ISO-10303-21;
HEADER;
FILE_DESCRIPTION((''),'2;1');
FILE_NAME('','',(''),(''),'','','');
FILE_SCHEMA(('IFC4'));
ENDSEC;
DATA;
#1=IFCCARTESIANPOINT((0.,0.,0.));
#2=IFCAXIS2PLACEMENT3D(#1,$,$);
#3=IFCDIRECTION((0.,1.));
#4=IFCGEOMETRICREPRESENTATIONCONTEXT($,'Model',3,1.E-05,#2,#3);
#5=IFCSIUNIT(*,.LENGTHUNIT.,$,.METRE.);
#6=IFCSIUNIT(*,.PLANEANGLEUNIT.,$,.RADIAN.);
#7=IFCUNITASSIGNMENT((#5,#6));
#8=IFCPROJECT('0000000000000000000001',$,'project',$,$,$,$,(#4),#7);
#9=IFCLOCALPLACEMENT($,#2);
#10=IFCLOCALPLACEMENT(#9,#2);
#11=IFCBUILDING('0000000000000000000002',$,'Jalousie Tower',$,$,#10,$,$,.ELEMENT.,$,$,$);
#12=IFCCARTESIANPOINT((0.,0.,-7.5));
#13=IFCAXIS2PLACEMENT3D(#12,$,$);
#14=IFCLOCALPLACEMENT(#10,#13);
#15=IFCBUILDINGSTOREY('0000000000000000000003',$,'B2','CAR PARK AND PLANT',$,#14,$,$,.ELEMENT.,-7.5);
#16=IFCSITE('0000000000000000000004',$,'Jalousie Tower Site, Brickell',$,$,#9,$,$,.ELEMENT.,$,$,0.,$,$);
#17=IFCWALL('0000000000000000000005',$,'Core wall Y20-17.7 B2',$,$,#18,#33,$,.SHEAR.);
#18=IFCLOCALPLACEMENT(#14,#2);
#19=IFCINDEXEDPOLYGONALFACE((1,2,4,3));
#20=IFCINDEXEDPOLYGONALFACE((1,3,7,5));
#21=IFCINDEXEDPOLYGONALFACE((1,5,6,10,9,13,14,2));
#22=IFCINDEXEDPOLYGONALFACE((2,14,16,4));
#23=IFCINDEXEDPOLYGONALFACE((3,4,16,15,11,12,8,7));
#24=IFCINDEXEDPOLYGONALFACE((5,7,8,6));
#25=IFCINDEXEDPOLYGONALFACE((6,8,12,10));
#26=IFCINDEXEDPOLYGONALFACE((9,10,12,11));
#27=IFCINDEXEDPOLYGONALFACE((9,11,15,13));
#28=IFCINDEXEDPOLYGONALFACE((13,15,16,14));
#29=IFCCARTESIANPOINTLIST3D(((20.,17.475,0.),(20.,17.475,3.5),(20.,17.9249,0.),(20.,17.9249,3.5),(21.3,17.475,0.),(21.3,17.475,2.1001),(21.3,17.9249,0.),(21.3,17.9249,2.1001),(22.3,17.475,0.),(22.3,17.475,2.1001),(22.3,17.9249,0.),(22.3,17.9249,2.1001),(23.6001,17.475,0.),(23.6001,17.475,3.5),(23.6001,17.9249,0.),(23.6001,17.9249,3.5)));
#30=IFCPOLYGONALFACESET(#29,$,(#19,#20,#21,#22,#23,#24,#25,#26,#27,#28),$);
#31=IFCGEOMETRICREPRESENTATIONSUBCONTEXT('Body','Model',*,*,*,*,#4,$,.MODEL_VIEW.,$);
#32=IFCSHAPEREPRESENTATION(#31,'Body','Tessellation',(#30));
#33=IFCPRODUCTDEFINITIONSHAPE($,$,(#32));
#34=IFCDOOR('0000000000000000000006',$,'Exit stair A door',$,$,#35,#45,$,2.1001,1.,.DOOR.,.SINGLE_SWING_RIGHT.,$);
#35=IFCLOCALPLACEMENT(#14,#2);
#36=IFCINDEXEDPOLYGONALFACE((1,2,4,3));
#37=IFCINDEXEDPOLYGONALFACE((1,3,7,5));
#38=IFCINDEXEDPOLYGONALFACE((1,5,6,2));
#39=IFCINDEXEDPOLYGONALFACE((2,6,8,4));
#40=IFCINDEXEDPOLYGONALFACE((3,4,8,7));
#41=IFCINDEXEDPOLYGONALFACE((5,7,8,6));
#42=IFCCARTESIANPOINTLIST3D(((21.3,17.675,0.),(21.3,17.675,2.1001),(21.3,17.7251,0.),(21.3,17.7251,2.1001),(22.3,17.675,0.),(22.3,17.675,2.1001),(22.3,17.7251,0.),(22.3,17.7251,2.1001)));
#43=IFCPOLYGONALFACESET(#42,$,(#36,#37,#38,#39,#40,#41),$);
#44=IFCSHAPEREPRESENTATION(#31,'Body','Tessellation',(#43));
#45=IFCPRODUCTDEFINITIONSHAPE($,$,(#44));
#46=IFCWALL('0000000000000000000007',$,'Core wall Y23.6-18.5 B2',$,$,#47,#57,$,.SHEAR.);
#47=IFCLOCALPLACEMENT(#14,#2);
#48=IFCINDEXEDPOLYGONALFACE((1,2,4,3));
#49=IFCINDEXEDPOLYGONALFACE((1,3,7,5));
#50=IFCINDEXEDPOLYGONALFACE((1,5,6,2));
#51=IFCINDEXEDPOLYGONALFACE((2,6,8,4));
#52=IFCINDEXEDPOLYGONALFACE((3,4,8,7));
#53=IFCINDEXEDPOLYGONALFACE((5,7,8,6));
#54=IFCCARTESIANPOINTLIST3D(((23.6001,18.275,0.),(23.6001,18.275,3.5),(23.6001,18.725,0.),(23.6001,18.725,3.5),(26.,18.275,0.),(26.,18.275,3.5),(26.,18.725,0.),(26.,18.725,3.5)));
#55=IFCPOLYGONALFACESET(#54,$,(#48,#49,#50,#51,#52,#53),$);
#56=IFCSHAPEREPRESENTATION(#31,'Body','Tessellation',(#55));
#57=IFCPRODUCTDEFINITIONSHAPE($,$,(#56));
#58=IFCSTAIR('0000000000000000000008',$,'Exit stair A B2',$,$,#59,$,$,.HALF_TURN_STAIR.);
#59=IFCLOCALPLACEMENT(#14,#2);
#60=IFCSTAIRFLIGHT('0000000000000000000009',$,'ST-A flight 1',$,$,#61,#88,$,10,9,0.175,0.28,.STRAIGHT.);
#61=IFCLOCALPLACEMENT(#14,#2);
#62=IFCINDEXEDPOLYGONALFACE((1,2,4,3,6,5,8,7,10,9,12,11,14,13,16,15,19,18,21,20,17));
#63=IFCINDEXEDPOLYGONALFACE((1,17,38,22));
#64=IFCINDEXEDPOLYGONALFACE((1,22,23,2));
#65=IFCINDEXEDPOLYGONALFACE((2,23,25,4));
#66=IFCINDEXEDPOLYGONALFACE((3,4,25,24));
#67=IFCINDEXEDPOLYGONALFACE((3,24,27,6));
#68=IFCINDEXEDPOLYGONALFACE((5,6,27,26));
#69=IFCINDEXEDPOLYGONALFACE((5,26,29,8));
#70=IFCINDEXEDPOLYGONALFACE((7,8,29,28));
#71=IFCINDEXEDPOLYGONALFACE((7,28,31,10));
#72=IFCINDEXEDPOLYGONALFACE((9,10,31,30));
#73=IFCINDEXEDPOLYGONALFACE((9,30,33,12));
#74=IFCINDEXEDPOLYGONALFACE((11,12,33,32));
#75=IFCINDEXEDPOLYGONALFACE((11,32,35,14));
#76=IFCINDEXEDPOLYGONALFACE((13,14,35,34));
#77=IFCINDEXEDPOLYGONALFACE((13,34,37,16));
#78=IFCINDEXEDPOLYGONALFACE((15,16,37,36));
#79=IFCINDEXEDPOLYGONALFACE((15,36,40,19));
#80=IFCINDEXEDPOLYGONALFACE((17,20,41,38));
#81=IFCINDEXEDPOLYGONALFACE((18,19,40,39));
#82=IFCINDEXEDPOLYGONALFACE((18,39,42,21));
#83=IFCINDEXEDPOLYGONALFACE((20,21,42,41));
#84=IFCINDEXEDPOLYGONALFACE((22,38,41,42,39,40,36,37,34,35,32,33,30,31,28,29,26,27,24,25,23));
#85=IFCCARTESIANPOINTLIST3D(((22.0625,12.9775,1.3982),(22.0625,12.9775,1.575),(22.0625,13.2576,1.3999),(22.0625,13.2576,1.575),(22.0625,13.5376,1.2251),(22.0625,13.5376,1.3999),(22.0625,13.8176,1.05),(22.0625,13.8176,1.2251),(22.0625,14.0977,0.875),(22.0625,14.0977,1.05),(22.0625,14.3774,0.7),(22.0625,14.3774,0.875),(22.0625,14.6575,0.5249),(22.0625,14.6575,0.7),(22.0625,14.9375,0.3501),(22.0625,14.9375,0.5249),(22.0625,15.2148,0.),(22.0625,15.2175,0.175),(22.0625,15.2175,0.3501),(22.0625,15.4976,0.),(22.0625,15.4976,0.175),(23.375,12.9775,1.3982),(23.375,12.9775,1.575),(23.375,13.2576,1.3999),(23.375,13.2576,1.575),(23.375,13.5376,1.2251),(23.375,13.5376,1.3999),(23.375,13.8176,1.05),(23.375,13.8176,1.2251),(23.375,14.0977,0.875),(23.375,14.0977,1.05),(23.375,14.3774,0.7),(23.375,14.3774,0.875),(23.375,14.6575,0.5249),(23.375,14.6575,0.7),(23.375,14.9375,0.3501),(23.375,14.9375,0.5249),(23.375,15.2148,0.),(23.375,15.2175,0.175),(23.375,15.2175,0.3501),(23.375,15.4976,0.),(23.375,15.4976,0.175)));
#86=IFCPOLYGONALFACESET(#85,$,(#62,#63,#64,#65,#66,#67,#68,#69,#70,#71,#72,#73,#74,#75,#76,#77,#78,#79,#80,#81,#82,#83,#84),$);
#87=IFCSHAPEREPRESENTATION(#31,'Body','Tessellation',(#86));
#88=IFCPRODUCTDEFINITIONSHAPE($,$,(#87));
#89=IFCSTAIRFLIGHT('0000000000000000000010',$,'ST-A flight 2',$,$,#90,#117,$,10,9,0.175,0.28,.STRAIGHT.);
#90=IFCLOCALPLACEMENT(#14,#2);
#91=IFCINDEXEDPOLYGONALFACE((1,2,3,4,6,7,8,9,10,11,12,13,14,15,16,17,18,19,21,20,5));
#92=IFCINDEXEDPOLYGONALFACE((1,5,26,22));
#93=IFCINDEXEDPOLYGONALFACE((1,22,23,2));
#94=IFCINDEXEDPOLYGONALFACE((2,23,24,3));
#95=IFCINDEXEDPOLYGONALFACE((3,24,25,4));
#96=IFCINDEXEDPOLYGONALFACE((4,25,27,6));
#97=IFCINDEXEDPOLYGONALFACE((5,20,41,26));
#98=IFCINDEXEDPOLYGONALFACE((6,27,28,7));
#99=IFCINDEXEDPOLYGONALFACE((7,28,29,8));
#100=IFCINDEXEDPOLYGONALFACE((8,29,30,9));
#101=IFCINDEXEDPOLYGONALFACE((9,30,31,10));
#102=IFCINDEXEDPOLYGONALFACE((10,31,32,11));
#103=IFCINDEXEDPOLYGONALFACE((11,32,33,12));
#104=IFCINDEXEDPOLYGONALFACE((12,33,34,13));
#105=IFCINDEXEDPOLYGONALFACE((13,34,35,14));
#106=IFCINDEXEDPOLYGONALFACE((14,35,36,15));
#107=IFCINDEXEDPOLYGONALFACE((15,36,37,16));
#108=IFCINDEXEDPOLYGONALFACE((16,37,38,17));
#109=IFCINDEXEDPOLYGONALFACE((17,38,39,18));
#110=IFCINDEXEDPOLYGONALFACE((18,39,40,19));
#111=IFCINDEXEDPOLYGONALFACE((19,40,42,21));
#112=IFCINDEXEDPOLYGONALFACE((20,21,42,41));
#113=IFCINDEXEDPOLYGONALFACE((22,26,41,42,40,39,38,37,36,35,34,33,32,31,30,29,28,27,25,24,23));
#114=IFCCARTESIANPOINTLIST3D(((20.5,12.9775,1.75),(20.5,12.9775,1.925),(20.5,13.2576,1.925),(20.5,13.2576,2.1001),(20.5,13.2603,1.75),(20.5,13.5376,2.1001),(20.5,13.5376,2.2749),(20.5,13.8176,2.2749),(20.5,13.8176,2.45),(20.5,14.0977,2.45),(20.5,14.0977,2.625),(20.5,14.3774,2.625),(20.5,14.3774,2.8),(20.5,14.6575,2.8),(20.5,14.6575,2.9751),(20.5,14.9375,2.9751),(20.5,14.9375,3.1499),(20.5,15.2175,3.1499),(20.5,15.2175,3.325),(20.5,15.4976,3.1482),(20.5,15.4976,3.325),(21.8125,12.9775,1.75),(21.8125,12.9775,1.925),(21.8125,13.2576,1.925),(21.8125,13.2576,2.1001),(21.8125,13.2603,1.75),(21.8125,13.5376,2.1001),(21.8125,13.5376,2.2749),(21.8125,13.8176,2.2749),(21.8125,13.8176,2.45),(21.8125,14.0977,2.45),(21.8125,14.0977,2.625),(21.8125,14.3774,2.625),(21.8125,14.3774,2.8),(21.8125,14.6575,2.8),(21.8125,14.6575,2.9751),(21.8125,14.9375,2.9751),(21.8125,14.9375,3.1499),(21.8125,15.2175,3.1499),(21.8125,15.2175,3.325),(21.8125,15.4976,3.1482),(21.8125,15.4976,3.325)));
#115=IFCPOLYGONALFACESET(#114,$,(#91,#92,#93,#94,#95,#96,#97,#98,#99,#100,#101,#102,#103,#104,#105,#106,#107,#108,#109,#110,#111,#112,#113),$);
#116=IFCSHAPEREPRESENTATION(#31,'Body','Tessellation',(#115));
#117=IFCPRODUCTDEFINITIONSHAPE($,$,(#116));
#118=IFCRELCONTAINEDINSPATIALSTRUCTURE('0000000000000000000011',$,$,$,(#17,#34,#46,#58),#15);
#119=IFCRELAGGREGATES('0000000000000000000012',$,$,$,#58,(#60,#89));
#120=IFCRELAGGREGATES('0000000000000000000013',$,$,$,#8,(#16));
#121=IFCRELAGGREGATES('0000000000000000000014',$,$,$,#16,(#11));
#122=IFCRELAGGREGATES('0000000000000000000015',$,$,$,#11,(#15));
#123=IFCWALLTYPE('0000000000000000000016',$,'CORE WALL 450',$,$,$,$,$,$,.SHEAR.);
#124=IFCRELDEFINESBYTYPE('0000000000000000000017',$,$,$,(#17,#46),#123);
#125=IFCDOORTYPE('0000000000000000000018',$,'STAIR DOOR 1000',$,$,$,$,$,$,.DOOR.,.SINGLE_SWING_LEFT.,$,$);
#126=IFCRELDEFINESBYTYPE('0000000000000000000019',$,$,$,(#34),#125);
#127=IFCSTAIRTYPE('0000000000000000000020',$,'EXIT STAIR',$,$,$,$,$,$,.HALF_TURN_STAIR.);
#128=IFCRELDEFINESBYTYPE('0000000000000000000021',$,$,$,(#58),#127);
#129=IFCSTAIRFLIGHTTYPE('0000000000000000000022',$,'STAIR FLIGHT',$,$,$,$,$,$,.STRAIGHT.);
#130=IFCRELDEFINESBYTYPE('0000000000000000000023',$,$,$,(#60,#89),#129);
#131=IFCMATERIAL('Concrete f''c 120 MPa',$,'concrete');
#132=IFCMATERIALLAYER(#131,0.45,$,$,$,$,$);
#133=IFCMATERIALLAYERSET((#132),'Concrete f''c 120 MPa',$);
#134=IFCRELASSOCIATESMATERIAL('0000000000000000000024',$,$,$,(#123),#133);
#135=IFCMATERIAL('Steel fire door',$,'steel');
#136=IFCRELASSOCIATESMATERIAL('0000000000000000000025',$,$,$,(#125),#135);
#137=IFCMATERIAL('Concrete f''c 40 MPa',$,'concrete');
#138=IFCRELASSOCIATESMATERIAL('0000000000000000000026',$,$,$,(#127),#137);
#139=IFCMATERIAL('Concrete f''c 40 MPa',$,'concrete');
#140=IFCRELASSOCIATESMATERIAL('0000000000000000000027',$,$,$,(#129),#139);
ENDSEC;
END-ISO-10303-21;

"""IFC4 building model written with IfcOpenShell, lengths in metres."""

from ifc_helpers import new_model, si_unit, direction, frame, frame_2d, origin, place, context, subcontext, project, spatial, polyline, rectangle, outline, extrude, material, layer, layer_set, type_object, element, fill, aggregate, save


model = new_model("IFC4")

# Units and contexts
model_context = context("Model", 3, precision=1e-05, world=origin(), true_north=direction((0.0, 1.0)))
body_context = subcontext(model_context, "Body", "Model", "MODEL_VIEW")
ifc_project = project(units=[si_unit("LENGTHUNIT", "METRE"), si_unit("PLANEANGLEUNIT", "RADIAN")], contexts=[model_context])

# Site, building, storey
site_placement = place(None, origin())
site = spatial("IfcSite", under=ifc_project, at=site_placement, Name="Jalousie Tower Site, Brickell", CompositionType="ELEMENT", RefElevation=0.0)
building_placement = place(site_placement, origin())
building = spatial("IfcBuilding", under=site, at=building_placement, Name="Jalousie Tower", CompositionType="ELEMENT")
storey_placement = place(building_placement, frame((0.0, 0.0, -7.5)))
storey = spatial("IfcBuildingStorey", under=building, at=storey_placement, Name="B2", Description="CAR PARK AND PLANT", CompositionType="ELEMENT", Elevation=-7.5)

# Shared definitions
ifc_material_1 = material(Name="Concrete f'c 120 MPa", Category="concrete")
ifc_layer_1 = layer(ifc_material_1, 0.45)
ifc_layer_set_1 = layer_set([ifc_layer_1], Name="Concrete f'c 120 MPa")
wall_type_1 = type_object("IfcWallType", Name="CORE WALL 450", PredefinedType="SHEAR", material=ifc_layer_set_1)

# Wall, opening, door
wall_1_placement = place(storey_placement, frame((20.0, 17.7, 0.0), z_axis=(0.0, 0.0, 1.0), x_axis=(1.0, 0.0, 0.0)))
wall_1 = element("IfcWall", 1, at=wall_1_placement, inside=storey, type_object=wall_type_1, Name="Core wall Y20-17.7 B2", PredefinedType="SHEAR", context=body_context, shape_type="SweptSolid", body=[
    extrude(rectangle(XDim=3.6001, YDim=0.45, at=frame_2d((1.8, 0.0))), origin(), (0.0, 0.0, 1.0), 3.5),
])
opening_placement = place(wall_1_placement, frame((1.3, 0.0, 0.0)))
opening = element("IfcOpeningElement", 2, at=opening_placement, cuts=wall_1, PredefinedType="OPENING", context=body_context, shape_type="SweptSolid", body=[
    extrude(rectangle(XDim=1.0, YDim=2.1001, at=frame_2d((0.5, 1.05))), frame((0.0, 0.2349, 0.0), z_axis=(0.0, -1.0, 0.0), x_axis=(1.0, 0.0, 0.0)), (0.0, 0.0, 1.0), 0.47),
])
ifc_material_2 = material(Name="Steel fire door", Category="steel")
door_type = type_object("IfcDoorType", Name="STAIR DOOR 1000", OperationType="SINGLE_SWING_LEFT", PredefinedType="DOOR", material=ifc_material_2)
door_placement = place(opening_placement, frame((1.0, 0.0, 0.0), z_axis=(0.0, 0.0, 1.0), x_axis=(-1.0, 0.0, 0.0)))
door = element("IfcDoor", 3, at=door_placement, inside=storey, type_object=door_type, Name="Exit stair A door", OperationType="SINGLE_SWING_RIGHT", OverallHeight=2.1001, OverallWidth=1.0, PredefinedType="DOOR", context=body_context, shape_type="SweptSolid", body=[
    extrude(rectangle(XDim=1.0, YDim=2.1001, at=frame_2d((0.5, 1.05))), frame((0.0, 0.0249, 0.0), z_axis=(0.0, -1.0, 0.0), x_axis=(1.0, 0.0, 0.0)), (0.0, 0.0, 1.0), 0.05),
])
fill(opening, door)

# Wall
wall_2_placement = place(storey_placement, frame((23.6001, 18.5, 0.0), z_axis=(0.0, 0.0, 1.0), x_axis=(1.0, 0.0, 0.0)))
element("IfcWall", 4, at=wall_2_placement, inside=storey, type_object=wall_type_1, Name="Core wall Y23.6-18.5 B2", PredefinedType="SHEAR", context=body_context, shape_type="SweptSolid", body=[
    extrude(rectangle(XDim=2.3999, YDim=0.45, at=frame_2d((1.2, 0.0))), origin(), (0.0, 0.0, 1.0), 3.5),
])

# Stair, stair flights
ifc_material_3 = material(Name="Concrete f'c 40 MPa", Category="concrete")
stair_type = type_object("IfcStairType", Name="EXIT STAIR", PredefinedType="HALF_TURN_STAIR", material=ifc_material_3)
stair_placement = place(storey_placement, origin())
stair = element("IfcStair", 5, at=stair_placement, inside=storey, type_object=stair_type, Name="Exit stair A B2", PredefinedType="HALF_TURN_STAIR")
ifc_material_4 = material(Name="Concrete f'c 40 MPa", Category="concrete")
stair_flight_type = type_object("IfcStairFlightType", Name="STAIR FLIGHT", PredefinedType="STRAIGHT", material=ifc_material_4)
stair_flight_1_placement = place(storey_placement, frame((22.7188, 15.4976, 0.0), z_axis=(0.0, 0.0, 1.0), x_axis=(0.0, -1.0, 0.0)))
stair_flight_1 = element("IfcStairFlight", 6, at=stair_flight_1_placement, type_object=stair_flight_type, Name="ST-A flight 1", NumberOfRisers=10, NumberOfTreads=9, PredefinedType="STRAIGHT", RiserHeight=0.175, TreadLength=0.28, context=body_context, shape_type="SweptSolid", body=[
    extrude(outline(polyline([(0.0, 0.0), (0.0, 0.175), (0.28, 0.175), (0.28, 0.3501), (0.5601, 0.3501), (0.5601, 0.5249), (0.8401, 0.5249), (0.8401, 0.7), (1.1201, 0.7), (1.1201, 0.875), (1.3999, 0.875), (1.3999, 1.05), (1.6799, 1.05), (1.6799, 1.2251), (1.96, 1.2251), (1.96, 1.3999), (2.24, 1.3999), (2.24, 1.575), (2.52, 1.575), (2.52, 1.75), (2.52, 1.3982), (0.2827, 0.0), (0.0, 0.0)])), frame((0.0, 0.6562, 0.0), z_axis=(0.0, -1.0, 0.0), x_axis=(1.0, 0.0, 0.0)), (0.0, 0.0, 1.0), 1.3125),
])
stair_flight_2_placement = place(storey_placement, frame((21.1562, 12.9775, 1.75), z_axis=(0.0, 0.0, 1.0), x_axis=(0.0, 1.0, 0.0)))
stair_flight_2 = element("IfcStairFlight", 7, at=stair_flight_2_placement, type_object=stair_flight_type, Name="ST-A flight 2", NumberOfRisers=10, NumberOfTreads=9, PredefinedType="STRAIGHT", RiserHeight=0.175, TreadLength=0.28, context=body_context, shape_type="SweptSolid", body=[
    extrude(outline(polyline([(0.0, 0.0), (0.0, 0.175), (0.28, 0.175), (0.28, 0.3501), (0.5601, 0.3501), (0.5601, 0.5249), (0.8401, 0.5249), (0.8401, 0.7), (1.1201, 0.7), (1.1201, 0.875), (1.3999, 0.875), (1.3999, 1.05), (1.6799, 1.05), (1.6799, 1.2251), (1.96, 1.2251), (1.96, 1.3999), (2.24, 1.3999), (2.24, 1.575), (2.52, 1.575), (2.52, 1.75), (2.52, 1.3982), (0.2827, 0.0), (0.0, 0.0)])), frame((0.0, 0.6562, 0.0), z_axis=(0.0, -1.0, 0.0), x_axis=(1.0, 0.0, 0.0)), (0.0, 0.0, 1.0), 1.3125),
])
aggregate(stair, [stair_flight_1, stair_flight_2])

save(model, "model.ifc")
